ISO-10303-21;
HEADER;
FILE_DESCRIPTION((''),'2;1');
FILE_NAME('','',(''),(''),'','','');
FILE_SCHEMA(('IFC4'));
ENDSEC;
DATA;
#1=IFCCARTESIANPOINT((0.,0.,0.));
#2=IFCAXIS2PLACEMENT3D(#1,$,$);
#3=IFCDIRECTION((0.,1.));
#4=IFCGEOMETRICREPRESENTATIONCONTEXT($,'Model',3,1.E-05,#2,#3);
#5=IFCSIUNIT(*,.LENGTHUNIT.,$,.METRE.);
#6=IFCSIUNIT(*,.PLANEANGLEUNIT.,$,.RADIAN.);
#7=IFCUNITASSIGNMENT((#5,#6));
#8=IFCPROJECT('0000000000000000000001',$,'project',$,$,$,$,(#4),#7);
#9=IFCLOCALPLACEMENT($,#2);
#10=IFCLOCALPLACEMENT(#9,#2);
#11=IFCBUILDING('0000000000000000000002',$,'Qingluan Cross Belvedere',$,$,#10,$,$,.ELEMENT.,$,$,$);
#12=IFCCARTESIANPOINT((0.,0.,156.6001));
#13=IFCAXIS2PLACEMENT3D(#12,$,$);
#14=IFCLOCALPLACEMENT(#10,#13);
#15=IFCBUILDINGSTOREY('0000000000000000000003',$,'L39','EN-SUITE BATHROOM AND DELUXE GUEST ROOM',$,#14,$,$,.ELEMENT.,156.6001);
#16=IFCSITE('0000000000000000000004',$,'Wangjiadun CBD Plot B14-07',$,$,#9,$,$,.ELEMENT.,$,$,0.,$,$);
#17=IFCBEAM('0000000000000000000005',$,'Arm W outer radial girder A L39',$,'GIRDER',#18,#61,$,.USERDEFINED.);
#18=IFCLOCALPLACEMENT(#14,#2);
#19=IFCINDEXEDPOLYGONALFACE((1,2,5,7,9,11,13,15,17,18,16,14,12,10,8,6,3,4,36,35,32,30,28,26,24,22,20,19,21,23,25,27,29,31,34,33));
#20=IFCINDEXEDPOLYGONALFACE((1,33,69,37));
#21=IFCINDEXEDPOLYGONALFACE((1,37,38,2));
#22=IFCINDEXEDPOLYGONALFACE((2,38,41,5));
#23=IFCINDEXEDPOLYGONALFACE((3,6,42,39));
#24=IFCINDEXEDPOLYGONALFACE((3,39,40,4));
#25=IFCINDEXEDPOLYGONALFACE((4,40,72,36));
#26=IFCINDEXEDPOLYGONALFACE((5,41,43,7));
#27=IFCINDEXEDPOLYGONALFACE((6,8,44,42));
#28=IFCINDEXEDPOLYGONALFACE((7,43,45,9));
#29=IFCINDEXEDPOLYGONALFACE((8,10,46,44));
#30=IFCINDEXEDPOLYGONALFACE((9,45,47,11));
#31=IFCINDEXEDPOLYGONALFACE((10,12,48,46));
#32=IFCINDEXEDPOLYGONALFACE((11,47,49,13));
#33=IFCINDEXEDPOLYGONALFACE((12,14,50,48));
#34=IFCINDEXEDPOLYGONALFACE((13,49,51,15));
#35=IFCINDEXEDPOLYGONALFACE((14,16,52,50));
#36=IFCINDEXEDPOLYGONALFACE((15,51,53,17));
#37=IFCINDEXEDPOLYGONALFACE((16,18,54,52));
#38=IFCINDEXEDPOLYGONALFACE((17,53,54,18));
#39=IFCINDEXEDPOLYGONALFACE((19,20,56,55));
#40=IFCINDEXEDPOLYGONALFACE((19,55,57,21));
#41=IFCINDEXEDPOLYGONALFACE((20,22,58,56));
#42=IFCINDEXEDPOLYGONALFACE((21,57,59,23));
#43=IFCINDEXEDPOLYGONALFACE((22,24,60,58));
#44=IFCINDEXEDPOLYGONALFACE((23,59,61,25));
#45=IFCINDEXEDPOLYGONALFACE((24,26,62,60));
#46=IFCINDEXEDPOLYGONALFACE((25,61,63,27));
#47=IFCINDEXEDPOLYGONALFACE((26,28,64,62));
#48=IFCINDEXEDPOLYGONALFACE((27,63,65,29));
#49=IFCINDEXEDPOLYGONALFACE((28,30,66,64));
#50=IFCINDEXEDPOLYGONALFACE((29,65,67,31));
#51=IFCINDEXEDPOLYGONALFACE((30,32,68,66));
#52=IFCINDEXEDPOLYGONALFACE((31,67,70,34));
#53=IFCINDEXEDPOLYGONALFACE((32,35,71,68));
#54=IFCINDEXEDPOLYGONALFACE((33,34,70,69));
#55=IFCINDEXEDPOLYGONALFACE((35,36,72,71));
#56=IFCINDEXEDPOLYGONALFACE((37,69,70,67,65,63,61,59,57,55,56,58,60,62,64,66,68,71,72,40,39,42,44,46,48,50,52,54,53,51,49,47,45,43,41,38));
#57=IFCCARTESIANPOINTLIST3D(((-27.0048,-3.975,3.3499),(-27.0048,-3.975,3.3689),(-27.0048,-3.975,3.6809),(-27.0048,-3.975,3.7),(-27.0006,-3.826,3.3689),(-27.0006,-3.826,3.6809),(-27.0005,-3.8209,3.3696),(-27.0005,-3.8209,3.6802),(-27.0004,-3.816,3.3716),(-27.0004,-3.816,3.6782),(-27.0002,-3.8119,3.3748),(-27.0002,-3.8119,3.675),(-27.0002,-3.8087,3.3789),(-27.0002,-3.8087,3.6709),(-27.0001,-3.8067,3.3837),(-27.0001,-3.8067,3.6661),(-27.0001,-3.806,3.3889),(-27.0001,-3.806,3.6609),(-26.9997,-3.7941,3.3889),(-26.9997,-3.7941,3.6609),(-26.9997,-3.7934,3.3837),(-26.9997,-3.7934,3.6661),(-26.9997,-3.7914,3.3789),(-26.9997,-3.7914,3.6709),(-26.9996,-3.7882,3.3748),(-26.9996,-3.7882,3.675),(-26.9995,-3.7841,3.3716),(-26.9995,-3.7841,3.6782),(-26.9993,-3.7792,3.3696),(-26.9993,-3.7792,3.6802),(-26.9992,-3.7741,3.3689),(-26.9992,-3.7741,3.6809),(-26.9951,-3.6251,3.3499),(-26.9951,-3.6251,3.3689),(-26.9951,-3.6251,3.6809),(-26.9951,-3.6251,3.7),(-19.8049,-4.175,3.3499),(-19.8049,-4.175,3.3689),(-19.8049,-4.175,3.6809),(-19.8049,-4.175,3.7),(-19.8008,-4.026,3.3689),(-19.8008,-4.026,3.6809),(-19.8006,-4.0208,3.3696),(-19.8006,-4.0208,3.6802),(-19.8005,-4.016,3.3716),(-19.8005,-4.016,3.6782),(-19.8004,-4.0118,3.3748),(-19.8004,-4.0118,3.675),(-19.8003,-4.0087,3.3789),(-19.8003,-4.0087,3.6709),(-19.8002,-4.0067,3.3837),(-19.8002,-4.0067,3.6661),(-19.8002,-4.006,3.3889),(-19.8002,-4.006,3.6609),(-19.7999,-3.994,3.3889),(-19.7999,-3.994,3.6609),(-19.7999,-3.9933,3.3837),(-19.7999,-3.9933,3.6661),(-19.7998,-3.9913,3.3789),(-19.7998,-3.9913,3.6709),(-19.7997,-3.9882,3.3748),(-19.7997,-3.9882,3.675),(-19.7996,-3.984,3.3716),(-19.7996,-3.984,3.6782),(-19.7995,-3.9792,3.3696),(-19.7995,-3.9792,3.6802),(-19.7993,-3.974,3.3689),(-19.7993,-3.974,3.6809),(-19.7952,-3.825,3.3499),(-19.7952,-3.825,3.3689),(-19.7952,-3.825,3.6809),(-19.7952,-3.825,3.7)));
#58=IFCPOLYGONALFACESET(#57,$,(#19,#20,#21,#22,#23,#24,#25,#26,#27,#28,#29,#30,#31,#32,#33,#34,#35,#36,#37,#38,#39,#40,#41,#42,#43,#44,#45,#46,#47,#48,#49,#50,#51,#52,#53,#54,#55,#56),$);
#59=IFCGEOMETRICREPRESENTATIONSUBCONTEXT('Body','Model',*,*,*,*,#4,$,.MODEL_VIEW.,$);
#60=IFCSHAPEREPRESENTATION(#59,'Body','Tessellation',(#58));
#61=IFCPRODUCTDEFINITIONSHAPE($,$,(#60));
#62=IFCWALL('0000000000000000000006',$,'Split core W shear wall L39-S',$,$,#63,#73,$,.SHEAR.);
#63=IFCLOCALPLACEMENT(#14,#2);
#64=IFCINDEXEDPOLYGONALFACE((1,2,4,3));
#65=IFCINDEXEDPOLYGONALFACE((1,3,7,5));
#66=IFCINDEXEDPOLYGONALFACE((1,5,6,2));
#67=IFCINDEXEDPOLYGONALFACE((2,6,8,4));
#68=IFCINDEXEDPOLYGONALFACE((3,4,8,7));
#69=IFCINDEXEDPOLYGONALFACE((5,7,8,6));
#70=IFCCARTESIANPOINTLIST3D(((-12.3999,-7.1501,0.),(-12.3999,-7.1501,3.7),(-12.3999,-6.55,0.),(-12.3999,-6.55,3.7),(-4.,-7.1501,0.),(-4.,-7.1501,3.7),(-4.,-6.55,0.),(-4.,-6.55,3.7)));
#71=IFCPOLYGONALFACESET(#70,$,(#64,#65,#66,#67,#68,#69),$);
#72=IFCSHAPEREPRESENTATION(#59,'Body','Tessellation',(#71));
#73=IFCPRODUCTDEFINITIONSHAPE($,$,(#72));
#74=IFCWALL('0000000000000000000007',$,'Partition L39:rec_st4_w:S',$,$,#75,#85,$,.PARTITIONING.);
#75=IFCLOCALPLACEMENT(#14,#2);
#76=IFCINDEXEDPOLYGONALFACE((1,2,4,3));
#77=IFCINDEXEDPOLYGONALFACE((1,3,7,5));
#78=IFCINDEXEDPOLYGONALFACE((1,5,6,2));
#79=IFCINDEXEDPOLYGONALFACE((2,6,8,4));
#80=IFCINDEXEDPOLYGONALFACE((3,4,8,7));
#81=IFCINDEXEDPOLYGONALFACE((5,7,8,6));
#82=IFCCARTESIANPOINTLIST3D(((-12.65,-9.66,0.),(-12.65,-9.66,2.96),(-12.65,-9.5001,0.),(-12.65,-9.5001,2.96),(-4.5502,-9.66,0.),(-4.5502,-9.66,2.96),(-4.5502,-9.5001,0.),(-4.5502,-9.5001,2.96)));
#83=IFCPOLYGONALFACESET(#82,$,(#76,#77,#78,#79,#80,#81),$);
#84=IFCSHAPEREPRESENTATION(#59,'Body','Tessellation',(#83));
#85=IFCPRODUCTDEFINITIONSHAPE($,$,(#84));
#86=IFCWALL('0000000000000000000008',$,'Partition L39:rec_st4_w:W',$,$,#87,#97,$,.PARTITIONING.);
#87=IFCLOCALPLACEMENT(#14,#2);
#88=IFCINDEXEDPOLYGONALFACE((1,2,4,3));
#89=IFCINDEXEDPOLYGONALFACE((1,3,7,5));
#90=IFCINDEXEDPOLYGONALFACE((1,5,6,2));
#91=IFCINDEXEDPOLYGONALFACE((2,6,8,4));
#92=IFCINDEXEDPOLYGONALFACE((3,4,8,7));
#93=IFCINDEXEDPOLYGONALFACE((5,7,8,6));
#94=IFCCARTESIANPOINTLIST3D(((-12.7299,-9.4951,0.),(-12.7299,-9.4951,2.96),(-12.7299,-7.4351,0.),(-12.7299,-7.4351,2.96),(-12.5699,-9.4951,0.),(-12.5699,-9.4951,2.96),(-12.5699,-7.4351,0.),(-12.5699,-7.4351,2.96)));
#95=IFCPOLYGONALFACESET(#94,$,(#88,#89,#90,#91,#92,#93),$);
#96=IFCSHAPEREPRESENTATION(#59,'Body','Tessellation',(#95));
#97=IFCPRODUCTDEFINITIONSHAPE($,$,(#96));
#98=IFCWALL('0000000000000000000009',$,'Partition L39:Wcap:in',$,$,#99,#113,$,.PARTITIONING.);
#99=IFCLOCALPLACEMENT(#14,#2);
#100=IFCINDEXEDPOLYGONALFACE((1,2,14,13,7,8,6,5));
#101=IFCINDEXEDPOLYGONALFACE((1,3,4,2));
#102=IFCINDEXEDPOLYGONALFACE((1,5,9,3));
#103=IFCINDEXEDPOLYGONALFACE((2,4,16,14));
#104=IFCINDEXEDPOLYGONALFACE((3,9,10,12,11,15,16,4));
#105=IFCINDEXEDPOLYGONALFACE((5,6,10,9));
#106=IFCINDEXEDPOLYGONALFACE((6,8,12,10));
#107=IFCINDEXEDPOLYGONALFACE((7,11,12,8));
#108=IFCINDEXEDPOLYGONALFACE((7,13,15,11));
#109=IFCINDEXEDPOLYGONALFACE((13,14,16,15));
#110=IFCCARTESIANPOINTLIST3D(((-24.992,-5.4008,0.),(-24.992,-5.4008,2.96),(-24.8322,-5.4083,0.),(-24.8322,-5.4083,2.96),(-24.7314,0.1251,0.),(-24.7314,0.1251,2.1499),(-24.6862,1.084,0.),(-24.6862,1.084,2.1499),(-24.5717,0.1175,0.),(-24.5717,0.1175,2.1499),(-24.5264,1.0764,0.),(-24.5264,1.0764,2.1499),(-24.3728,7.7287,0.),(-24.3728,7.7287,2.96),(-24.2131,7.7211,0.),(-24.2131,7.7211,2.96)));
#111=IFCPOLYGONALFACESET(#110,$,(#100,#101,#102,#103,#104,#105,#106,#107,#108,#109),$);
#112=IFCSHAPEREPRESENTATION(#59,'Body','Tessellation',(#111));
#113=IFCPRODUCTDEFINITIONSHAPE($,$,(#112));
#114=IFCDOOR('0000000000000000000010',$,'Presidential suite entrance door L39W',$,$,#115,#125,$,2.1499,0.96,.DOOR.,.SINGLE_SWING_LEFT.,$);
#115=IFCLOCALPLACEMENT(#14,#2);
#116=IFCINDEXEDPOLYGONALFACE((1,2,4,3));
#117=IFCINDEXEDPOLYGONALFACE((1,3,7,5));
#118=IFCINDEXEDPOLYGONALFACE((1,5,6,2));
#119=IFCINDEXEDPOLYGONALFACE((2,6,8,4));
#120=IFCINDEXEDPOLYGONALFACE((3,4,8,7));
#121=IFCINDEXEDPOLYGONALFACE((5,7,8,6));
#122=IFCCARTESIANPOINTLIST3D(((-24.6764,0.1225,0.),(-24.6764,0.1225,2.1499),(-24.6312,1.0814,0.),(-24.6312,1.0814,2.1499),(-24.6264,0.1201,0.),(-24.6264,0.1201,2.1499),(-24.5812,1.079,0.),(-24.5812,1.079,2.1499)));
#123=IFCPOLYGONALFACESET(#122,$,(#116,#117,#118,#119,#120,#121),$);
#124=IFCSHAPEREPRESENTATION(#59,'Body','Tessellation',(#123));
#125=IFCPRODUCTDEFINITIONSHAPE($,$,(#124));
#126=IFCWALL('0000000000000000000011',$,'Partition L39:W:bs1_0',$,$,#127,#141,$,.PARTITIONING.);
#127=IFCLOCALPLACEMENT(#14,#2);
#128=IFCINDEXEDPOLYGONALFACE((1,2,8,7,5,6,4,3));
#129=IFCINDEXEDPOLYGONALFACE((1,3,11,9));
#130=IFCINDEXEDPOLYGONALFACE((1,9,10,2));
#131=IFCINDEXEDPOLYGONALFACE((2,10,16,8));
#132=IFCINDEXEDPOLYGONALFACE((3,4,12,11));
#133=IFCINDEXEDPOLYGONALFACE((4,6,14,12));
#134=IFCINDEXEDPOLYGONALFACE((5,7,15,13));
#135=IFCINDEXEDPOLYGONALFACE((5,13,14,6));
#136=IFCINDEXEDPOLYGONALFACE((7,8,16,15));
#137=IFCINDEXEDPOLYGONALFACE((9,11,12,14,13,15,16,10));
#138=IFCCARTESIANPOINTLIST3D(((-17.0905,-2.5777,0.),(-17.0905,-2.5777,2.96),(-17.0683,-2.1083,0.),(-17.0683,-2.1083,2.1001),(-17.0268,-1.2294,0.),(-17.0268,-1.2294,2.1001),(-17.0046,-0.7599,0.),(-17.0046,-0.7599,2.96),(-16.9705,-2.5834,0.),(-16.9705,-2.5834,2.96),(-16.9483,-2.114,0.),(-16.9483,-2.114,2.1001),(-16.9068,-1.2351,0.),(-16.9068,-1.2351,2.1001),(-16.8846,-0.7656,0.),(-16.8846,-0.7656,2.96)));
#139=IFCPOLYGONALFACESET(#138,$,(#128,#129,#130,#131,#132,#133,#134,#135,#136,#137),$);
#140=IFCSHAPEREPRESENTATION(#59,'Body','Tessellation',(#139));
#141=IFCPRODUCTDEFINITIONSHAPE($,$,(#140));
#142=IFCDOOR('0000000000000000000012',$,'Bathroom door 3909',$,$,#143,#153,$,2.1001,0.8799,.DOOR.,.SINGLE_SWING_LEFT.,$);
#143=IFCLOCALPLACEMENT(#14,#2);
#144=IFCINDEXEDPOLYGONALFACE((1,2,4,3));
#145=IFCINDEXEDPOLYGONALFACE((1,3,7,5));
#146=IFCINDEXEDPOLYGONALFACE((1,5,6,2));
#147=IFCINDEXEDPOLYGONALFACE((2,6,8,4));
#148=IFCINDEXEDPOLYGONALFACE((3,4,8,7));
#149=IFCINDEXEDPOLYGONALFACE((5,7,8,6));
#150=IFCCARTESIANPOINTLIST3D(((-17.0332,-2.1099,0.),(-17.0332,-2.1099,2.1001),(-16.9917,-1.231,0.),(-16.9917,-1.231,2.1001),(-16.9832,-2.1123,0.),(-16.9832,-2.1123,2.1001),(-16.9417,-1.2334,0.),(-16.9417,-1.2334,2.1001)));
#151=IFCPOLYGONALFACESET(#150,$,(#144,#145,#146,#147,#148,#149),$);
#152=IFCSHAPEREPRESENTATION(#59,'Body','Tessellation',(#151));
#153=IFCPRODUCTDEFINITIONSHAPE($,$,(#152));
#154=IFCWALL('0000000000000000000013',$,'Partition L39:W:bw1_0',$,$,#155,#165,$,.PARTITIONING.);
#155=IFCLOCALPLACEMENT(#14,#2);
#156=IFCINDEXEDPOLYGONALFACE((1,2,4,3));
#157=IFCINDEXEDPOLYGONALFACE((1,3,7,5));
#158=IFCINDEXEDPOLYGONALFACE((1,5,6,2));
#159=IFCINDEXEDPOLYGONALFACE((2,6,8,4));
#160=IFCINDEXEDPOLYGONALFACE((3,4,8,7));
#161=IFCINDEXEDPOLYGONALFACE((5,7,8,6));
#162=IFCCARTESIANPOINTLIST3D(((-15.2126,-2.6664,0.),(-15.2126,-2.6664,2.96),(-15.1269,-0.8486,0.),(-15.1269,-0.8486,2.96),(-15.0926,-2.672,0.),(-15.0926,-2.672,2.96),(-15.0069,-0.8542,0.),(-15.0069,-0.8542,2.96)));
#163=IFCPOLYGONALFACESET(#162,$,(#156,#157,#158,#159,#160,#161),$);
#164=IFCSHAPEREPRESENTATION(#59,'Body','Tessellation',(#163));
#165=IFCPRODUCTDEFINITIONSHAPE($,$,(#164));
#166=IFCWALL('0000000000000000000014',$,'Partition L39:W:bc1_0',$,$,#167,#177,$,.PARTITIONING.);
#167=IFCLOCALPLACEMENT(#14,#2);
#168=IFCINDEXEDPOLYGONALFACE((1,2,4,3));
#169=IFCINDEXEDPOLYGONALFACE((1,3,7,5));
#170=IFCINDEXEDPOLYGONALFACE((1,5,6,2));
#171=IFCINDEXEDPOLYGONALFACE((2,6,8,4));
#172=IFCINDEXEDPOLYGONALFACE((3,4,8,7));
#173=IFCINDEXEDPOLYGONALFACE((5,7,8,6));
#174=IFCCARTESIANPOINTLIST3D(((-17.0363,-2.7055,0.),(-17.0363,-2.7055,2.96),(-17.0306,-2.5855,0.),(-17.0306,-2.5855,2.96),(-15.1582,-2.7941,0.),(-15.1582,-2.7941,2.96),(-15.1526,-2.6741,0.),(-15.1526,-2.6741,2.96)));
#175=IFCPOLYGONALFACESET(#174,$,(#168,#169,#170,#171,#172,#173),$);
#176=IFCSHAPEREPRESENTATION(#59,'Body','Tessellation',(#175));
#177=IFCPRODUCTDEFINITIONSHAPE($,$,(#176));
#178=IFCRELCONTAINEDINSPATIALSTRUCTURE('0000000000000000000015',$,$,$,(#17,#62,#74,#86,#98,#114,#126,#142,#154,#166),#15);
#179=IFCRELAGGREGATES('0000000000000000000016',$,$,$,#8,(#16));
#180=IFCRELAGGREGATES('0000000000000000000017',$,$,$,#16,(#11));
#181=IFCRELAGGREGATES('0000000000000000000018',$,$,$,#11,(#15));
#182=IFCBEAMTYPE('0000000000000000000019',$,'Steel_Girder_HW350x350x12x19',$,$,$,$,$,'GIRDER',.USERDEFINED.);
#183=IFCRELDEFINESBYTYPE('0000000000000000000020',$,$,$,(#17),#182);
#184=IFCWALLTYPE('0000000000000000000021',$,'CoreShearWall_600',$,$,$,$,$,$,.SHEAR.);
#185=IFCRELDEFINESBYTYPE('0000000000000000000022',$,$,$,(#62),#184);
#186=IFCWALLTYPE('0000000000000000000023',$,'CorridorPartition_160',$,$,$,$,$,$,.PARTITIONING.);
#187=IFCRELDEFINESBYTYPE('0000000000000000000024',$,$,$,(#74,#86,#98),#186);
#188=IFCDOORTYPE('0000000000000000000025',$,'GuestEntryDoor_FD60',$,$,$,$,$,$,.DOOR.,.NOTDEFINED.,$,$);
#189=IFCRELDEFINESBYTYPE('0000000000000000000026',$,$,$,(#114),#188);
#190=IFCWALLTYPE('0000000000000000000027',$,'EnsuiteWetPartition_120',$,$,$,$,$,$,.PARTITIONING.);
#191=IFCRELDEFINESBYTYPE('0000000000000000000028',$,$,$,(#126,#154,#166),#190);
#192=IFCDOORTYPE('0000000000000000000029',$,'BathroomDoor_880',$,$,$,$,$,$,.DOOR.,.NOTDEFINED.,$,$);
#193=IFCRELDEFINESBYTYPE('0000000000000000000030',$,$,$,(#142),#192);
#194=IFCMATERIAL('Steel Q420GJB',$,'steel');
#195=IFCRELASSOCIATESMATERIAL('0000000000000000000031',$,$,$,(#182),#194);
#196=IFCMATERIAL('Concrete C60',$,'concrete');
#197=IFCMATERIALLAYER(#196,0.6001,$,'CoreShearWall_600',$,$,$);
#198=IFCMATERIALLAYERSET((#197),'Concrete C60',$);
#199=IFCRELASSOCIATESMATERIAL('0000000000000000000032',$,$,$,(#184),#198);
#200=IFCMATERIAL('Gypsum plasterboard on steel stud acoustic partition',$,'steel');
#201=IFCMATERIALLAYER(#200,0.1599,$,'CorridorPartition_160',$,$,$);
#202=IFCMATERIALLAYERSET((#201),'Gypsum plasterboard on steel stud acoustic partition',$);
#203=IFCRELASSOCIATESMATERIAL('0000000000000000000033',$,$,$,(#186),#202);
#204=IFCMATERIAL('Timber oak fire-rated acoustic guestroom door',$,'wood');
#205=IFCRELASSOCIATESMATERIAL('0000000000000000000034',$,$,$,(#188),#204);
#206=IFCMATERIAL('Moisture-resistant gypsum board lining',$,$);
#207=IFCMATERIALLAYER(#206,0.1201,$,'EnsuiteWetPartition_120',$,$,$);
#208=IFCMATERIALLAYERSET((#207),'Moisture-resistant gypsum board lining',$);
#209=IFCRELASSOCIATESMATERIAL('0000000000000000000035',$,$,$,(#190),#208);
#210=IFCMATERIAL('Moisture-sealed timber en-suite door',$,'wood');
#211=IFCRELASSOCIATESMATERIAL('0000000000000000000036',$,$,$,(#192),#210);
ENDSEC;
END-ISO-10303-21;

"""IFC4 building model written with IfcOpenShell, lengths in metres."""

from ifc_helpers import new_model, si_unit, direction, frame, frame_2d, origin, origin_2d, place, context, subcontext, project, spatial, rectangle, i_section, extrude, material, layer, layer_set, material_profile, profile_set, type_object, element, fill, save


model = new_model("IFC4")

# Units and contexts
model_context = context("Model", 3, precision=1e-05, world=origin(), true_north=direction((0.0, 1.0)))
body_context = subcontext(model_context, "Body", "Model", "MODEL_VIEW")
ifc_project = project(units=[si_unit("LENGTHUNIT", "METRE"), si_unit("PLANEANGLEUNIT", "RADIAN")], contexts=[model_context])

# Site, building, storey
site_placement = place(None, origin())
site = spatial("IfcSite", under=ifc_project, at=site_placement, Name="Wangjiadun CBD Plot B14-07", CompositionType="ELEMENT", RefElevation=0.0)
building_placement = place(site_placement, origin())
building = spatial("IfcBuilding", under=site, at=building_placement, Name="Qingluan Cross Belvedere", CompositionType="ELEMENT")
storey_placement = place(building_placement, frame((0.0, 0.0, 156.6001)))
storey = spatial("IfcBuildingStorey", under=building, at=storey_placement, Name="L39", Description="EN-SUITE BATHROOM AND DELUXE GUEST ROOM", CompositionType="ELEMENT", Elevation=156.6001)

# Beam
ifc_material_1 = material(Name="Steel Q420GJB", Category="steel")
ifc_material_profile_1 = material_profile(ifc_material_1, i_section(OverallWidth=0.3501, OverallDepth=0.3501, WebThickness=0.012, FlangeThickness=0.019, FilletRadius=0.02, at=origin_2d()), Name="HW350x350x12x19")
ifc_profile_set_1 = profile_set([ifc_material_profile_1], Name="Steel Q420GJB")
beam_type_1 = type_object("IfcBeamType", Name="Steel_Girder_HW350x350x12x19", ElementType="GIRDER", PredefinedType="USERDEFINED", material=ifc_profile_set_1)
beam_1_placement = place(storey_placement, frame((-19.8, -4.0, 3.5249), z_axis=(-0.999615, 0.02776, 0.0), x_axis=(-0.02776, -0.999615, 0.0)))
element("IfcBeam", 1, at=beam_1_placement, inside=storey, type_object=beam_type_1, Name="Arm W outer radial girder A L39", ObjectType="GIRDER", PredefinedType="USERDEFINED", context=body_context, shape_type="SweptSolid", body=[
    extrude(i_section(OverallWidth=0.3501, OverallDepth=0.3501, WebThickness=0.012, FlangeThickness=0.019, FilletRadius=0.02, at=origin_2d()), origin(), (0.0, 0.0, 1.0), 7.2026),
])

# Walls
ifc_material_2 = material(Name="Concrete C60", Category="concrete")
ifc_layer_1 = layer(ifc_material_2, 0.6001, Name="CoreShearWall_600")
ifc_layer_set_1 = layer_set([ifc_layer_1], Name="Concrete C60")
wall_type_1 = type_object("IfcWallType", Name="CoreShearWall_600", PredefinedType="SHEAR", material=ifc_layer_set_1)
wall_1_placement = place(storey_placement, frame((-12.3999, -6.8501, 0.0), z_axis=(0.0, 0.0, 1.0), x_axis=(1.0, 0.0, 0.0)))
element("IfcWall", 2, at=wall_1_placement, inside=storey, type_object=wall_type_1, Name="Split core W shear wall L39-S", PredefinedType="SHEAR", context=body_context, shape_type="SweptSolid", body=[
    extrude(rectangle(XDim=8.3999, YDim=0.6001, at=frame_2d((4.2, 0.0))), origin(), (0.0, 0.0, 1.0), 3.7),
])
ifc_material_3 = material(Name="Gypsum plasterboard on steel stud acoustic partition", Category="steel")
ifc_layer_2 = layer(ifc_material_3, 0.1599, Name="CorridorPartition_160")
ifc_layer_set_2 = layer_set([ifc_layer_2], Name="Gypsum plasterboard on steel stud acoustic partition")
wall_type_2 = type_object("IfcWallType", Name="CorridorPartition_160", PredefinedType="PARTITIONING", material=ifc_layer_set_2)
wall_2_placement = place(storey_placement, frame((-12.6499, -9.5801, 0.0), z_axis=(0.0, 0.0, 1.0), x_axis=(1.0, 0.0, 0.0)))
element("IfcWall", 3, at=wall_2_placement, inside=storey, type_object=wall_type_2, Name="Partition L39:rec_st4_w:S", PredefinedType="PARTITIONING", context=body_context, shape_type="SweptSolid", body=[
    extrude(rectangle(XDim=8.0999, YDim=0.1599, at=frame_2d((4.0498, 0.0))), origin(), (0.0, 0.0, 1.0), 2.96),
])
wall_3_placement = place(storey_placement, frame((-12.6499, -9.4951, 0.0), z_axis=(0.0, 0.0, 1.0), x_axis=(0.0, 1.0, 0.0)))
element("IfcWall", 4, at=wall_3_placement, inside=storey, type_object=wall_type_2, Name="Partition L39:rec_st4_w:W", PredefinedType="PARTITIONING", context=body_context, shape_type="SweptSolid", body=[
    extrude(rectangle(XDim=2.0601, YDim=0.1599, at=frame_2d((1.03, 0.0))), origin(), (0.0, 0.0, 1.0), 2.96),
])

# Shared definitions
ifc_material_4 = material(Name="Timber oak fire-rated acoustic guestroom door", Category="wood")
door_type_1 = type_object("IfcDoorType", Name="GuestEntryDoor_FD60", OperationType="NOTDEFINED", PredefinedType="DOOR", material=ifc_material_4)

# Walls, openings, doors
wall_4_placement = place(storey_placement, frame((-24.9121, -5.4045, 0.0), z_axis=(0.0, 0.0, 1.0), x_axis=(0.047104, 0.99889, 0.0)))
wall_4 = element("IfcWall", 5, at=wall_4_placement, inside=storey, type_object=wall_type_2, Name="Partition L39:Wcap:in", PredefinedType="PARTITIONING", context=body_context, shape_type="SweptSolid", body=[
    extrude(rectangle(XDim=13.144, YDim=0.1599, at=frame_2d((6.572, 0.0))), origin(), (0.0, 0.0, 1.0), 2.96),
])
opening_1_placement = place(wall_4_placement, frame((5.532, 0.0, 0.0)))
opening_1 = element("IfcOpeningElement", 6, at=opening_1_placement, cuts=wall_4, PredefinedType="OPENING", context=body_context, shape_type="SweptSolid", body=[
    extrude(rectangle(XDim=0.96, YDim=2.1499, at=frame_2d((0.48, 1.075))), frame((0.0, 0.0898, 0.0), z_axis=(0.0, -1.0, 0.0), x_axis=(1.0, 0.0, 0.0)), (0.0, 0.0, 1.0), 0.1799),
])
door_1_placement = place(opening_1_placement, origin())
door_1 = element("IfcDoor", 7, at=door_1_placement, inside=storey, type_object=door_type_1, Name="Presidential suite entrance door L39W", OperationType="SINGLE_SWING_LEFT", OverallHeight=2.1499, OverallWidth=0.96, PredefinedType="DOOR", context=body_context, shape_type="SweptSolid", body=[
    extrude(rectangle(XDim=0.96, YDim=2.1499, at=frame_2d((0.48, 1.075))), frame((0.0, 0.0249, 0.0), z_axis=(0.0, -1.0, 0.0), x_axis=(1.0, 0.0, 0.0)), (0.0, 0.0, 1.0), 0.05),
])
fill(opening_1, door_1)
ifc_material_5 = material(Name="Moisture-resistant gypsum board lining")
ifc_layer_3 = layer(ifc_material_5, 0.1201, Name="EnsuiteWetPartition_120")
ifc_layer_set_3 = layer_set([ifc_layer_3], Name="Moisture-resistant gypsum board lining")
wall_type_3 = type_object("IfcWallType", Name="EnsuiteWetPartition_120", PredefinedType="PARTITIONING", material=ifc_layer_set_3)
wall_5_placement = place(storey_placement, frame((-17.0305, -2.5806, 0.0), z_axis=(0.0, 0.0, 1.0), x_axis=(0.047221, 0.998884, 0.0)))
wall_5 = element("IfcWall", 8, at=wall_5_placement, inside=storey, type_object=wall_type_3, Name="Partition L39:W:bs1_0", PredefinedType="PARTITIONING", context=body_context, shape_type="SweptSolid", body=[
    extrude(rectangle(XDim=1.8198, YDim=0.1201, at=frame_2d((0.9099, 0.0))), origin(), (0.0, 0.0, 1.0), 2.96),
])
opening_2_placement = place(wall_5_placement, frame((0.47, 0.0, 0.0)))
opening_2 = element("IfcOpeningElement", 9, at=opening_2_placement, cuts=wall_5, PredefinedType="OPENING", context=body_context, shape_type="SweptSolid", body=[
    extrude(rectangle(XDim=0.8799, YDim=2.1001, at=frame_2d((0.4399, 1.05))), frame((0.0, 0.0701, 0.0), z_axis=(0.0, -1.0, 0.0), x_axis=(1.0, 0.0, 0.0)), (0.0, 0.0, 1.0), 0.1401),
])
ifc_material_6 = material(Name="Moisture-sealed timber en-suite door", Category="wood")
door_type_2 = type_object("IfcDoorType", Name="BathroomDoor_880", OperationType="NOTDEFINED", PredefinedType="DOOR", material=ifc_material_6)
door_2_placement = place(opening_2_placement, origin())
door_2 = element("IfcDoor", 10, at=door_2_placement, inside=storey, type_object=door_type_2, Name="Bathroom door 3909", OperationType="SINGLE_SWING_LEFT", OverallHeight=2.1001, OverallWidth=0.8799, PredefinedType="DOOR", context=body_context, shape_type="SweptSolid", body=[
    extrude(rectangle(XDim=0.8799, YDim=2.1001, at=frame_2d((0.4399, 1.05))), frame((0.0, 0.0249, 0.0), z_axis=(0.0, -1.0, 0.0), x_axis=(1.0, 0.0, 0.0)), (0.0, 0.0, 1.0), 0.05),
])
fill(opening_2, door_2)

# Walls
wall_6_placement = place(storey_placement, frame((-15.1526, -2.6692, 0.0), z_axis=(0.0, 0.0, 1.0), x_axis=(0.047087, 0.998891, 0.0)))
element("IfcWall", 11, at=wall_6_placement, inside=storey, type_object=wall_type_3, Name="Partition L39:W:bw1_0", PredefinedType="PARTITIONING", context=body_context, shape_type="SweptSolid", body=[
    extrude(rectangle(XDim=1.8198, YDim=0.1201, at=frame_2d((0.9099, 0.0))), origin(), (0.0, 0.0, 1.0), 2.96),
])
wall_7_placement = place(storey_placement, frame((-15.1555, -2.7341, 0.0), z_axis=(0.0, 0.0, 1.0), x_axis=(-0.998888, 0.047139, 0.0)))
element("IfcWall", 12, at=wall_7_placement, inside=storey, type_object=wall_type_3, Name="Partition L39:W:bc1_0", PredefinedType="PARTITIONING", context=body_context, shape_type="SweptSolid", body=[
    extrude(rectangle(XDim=1.8801, YDim=0.1201, at=frame_2d((0.9399, 0.0))), origin(), (0.0, 0.0, 1.0), 2.96),
])

save(model, "model.ifc")
